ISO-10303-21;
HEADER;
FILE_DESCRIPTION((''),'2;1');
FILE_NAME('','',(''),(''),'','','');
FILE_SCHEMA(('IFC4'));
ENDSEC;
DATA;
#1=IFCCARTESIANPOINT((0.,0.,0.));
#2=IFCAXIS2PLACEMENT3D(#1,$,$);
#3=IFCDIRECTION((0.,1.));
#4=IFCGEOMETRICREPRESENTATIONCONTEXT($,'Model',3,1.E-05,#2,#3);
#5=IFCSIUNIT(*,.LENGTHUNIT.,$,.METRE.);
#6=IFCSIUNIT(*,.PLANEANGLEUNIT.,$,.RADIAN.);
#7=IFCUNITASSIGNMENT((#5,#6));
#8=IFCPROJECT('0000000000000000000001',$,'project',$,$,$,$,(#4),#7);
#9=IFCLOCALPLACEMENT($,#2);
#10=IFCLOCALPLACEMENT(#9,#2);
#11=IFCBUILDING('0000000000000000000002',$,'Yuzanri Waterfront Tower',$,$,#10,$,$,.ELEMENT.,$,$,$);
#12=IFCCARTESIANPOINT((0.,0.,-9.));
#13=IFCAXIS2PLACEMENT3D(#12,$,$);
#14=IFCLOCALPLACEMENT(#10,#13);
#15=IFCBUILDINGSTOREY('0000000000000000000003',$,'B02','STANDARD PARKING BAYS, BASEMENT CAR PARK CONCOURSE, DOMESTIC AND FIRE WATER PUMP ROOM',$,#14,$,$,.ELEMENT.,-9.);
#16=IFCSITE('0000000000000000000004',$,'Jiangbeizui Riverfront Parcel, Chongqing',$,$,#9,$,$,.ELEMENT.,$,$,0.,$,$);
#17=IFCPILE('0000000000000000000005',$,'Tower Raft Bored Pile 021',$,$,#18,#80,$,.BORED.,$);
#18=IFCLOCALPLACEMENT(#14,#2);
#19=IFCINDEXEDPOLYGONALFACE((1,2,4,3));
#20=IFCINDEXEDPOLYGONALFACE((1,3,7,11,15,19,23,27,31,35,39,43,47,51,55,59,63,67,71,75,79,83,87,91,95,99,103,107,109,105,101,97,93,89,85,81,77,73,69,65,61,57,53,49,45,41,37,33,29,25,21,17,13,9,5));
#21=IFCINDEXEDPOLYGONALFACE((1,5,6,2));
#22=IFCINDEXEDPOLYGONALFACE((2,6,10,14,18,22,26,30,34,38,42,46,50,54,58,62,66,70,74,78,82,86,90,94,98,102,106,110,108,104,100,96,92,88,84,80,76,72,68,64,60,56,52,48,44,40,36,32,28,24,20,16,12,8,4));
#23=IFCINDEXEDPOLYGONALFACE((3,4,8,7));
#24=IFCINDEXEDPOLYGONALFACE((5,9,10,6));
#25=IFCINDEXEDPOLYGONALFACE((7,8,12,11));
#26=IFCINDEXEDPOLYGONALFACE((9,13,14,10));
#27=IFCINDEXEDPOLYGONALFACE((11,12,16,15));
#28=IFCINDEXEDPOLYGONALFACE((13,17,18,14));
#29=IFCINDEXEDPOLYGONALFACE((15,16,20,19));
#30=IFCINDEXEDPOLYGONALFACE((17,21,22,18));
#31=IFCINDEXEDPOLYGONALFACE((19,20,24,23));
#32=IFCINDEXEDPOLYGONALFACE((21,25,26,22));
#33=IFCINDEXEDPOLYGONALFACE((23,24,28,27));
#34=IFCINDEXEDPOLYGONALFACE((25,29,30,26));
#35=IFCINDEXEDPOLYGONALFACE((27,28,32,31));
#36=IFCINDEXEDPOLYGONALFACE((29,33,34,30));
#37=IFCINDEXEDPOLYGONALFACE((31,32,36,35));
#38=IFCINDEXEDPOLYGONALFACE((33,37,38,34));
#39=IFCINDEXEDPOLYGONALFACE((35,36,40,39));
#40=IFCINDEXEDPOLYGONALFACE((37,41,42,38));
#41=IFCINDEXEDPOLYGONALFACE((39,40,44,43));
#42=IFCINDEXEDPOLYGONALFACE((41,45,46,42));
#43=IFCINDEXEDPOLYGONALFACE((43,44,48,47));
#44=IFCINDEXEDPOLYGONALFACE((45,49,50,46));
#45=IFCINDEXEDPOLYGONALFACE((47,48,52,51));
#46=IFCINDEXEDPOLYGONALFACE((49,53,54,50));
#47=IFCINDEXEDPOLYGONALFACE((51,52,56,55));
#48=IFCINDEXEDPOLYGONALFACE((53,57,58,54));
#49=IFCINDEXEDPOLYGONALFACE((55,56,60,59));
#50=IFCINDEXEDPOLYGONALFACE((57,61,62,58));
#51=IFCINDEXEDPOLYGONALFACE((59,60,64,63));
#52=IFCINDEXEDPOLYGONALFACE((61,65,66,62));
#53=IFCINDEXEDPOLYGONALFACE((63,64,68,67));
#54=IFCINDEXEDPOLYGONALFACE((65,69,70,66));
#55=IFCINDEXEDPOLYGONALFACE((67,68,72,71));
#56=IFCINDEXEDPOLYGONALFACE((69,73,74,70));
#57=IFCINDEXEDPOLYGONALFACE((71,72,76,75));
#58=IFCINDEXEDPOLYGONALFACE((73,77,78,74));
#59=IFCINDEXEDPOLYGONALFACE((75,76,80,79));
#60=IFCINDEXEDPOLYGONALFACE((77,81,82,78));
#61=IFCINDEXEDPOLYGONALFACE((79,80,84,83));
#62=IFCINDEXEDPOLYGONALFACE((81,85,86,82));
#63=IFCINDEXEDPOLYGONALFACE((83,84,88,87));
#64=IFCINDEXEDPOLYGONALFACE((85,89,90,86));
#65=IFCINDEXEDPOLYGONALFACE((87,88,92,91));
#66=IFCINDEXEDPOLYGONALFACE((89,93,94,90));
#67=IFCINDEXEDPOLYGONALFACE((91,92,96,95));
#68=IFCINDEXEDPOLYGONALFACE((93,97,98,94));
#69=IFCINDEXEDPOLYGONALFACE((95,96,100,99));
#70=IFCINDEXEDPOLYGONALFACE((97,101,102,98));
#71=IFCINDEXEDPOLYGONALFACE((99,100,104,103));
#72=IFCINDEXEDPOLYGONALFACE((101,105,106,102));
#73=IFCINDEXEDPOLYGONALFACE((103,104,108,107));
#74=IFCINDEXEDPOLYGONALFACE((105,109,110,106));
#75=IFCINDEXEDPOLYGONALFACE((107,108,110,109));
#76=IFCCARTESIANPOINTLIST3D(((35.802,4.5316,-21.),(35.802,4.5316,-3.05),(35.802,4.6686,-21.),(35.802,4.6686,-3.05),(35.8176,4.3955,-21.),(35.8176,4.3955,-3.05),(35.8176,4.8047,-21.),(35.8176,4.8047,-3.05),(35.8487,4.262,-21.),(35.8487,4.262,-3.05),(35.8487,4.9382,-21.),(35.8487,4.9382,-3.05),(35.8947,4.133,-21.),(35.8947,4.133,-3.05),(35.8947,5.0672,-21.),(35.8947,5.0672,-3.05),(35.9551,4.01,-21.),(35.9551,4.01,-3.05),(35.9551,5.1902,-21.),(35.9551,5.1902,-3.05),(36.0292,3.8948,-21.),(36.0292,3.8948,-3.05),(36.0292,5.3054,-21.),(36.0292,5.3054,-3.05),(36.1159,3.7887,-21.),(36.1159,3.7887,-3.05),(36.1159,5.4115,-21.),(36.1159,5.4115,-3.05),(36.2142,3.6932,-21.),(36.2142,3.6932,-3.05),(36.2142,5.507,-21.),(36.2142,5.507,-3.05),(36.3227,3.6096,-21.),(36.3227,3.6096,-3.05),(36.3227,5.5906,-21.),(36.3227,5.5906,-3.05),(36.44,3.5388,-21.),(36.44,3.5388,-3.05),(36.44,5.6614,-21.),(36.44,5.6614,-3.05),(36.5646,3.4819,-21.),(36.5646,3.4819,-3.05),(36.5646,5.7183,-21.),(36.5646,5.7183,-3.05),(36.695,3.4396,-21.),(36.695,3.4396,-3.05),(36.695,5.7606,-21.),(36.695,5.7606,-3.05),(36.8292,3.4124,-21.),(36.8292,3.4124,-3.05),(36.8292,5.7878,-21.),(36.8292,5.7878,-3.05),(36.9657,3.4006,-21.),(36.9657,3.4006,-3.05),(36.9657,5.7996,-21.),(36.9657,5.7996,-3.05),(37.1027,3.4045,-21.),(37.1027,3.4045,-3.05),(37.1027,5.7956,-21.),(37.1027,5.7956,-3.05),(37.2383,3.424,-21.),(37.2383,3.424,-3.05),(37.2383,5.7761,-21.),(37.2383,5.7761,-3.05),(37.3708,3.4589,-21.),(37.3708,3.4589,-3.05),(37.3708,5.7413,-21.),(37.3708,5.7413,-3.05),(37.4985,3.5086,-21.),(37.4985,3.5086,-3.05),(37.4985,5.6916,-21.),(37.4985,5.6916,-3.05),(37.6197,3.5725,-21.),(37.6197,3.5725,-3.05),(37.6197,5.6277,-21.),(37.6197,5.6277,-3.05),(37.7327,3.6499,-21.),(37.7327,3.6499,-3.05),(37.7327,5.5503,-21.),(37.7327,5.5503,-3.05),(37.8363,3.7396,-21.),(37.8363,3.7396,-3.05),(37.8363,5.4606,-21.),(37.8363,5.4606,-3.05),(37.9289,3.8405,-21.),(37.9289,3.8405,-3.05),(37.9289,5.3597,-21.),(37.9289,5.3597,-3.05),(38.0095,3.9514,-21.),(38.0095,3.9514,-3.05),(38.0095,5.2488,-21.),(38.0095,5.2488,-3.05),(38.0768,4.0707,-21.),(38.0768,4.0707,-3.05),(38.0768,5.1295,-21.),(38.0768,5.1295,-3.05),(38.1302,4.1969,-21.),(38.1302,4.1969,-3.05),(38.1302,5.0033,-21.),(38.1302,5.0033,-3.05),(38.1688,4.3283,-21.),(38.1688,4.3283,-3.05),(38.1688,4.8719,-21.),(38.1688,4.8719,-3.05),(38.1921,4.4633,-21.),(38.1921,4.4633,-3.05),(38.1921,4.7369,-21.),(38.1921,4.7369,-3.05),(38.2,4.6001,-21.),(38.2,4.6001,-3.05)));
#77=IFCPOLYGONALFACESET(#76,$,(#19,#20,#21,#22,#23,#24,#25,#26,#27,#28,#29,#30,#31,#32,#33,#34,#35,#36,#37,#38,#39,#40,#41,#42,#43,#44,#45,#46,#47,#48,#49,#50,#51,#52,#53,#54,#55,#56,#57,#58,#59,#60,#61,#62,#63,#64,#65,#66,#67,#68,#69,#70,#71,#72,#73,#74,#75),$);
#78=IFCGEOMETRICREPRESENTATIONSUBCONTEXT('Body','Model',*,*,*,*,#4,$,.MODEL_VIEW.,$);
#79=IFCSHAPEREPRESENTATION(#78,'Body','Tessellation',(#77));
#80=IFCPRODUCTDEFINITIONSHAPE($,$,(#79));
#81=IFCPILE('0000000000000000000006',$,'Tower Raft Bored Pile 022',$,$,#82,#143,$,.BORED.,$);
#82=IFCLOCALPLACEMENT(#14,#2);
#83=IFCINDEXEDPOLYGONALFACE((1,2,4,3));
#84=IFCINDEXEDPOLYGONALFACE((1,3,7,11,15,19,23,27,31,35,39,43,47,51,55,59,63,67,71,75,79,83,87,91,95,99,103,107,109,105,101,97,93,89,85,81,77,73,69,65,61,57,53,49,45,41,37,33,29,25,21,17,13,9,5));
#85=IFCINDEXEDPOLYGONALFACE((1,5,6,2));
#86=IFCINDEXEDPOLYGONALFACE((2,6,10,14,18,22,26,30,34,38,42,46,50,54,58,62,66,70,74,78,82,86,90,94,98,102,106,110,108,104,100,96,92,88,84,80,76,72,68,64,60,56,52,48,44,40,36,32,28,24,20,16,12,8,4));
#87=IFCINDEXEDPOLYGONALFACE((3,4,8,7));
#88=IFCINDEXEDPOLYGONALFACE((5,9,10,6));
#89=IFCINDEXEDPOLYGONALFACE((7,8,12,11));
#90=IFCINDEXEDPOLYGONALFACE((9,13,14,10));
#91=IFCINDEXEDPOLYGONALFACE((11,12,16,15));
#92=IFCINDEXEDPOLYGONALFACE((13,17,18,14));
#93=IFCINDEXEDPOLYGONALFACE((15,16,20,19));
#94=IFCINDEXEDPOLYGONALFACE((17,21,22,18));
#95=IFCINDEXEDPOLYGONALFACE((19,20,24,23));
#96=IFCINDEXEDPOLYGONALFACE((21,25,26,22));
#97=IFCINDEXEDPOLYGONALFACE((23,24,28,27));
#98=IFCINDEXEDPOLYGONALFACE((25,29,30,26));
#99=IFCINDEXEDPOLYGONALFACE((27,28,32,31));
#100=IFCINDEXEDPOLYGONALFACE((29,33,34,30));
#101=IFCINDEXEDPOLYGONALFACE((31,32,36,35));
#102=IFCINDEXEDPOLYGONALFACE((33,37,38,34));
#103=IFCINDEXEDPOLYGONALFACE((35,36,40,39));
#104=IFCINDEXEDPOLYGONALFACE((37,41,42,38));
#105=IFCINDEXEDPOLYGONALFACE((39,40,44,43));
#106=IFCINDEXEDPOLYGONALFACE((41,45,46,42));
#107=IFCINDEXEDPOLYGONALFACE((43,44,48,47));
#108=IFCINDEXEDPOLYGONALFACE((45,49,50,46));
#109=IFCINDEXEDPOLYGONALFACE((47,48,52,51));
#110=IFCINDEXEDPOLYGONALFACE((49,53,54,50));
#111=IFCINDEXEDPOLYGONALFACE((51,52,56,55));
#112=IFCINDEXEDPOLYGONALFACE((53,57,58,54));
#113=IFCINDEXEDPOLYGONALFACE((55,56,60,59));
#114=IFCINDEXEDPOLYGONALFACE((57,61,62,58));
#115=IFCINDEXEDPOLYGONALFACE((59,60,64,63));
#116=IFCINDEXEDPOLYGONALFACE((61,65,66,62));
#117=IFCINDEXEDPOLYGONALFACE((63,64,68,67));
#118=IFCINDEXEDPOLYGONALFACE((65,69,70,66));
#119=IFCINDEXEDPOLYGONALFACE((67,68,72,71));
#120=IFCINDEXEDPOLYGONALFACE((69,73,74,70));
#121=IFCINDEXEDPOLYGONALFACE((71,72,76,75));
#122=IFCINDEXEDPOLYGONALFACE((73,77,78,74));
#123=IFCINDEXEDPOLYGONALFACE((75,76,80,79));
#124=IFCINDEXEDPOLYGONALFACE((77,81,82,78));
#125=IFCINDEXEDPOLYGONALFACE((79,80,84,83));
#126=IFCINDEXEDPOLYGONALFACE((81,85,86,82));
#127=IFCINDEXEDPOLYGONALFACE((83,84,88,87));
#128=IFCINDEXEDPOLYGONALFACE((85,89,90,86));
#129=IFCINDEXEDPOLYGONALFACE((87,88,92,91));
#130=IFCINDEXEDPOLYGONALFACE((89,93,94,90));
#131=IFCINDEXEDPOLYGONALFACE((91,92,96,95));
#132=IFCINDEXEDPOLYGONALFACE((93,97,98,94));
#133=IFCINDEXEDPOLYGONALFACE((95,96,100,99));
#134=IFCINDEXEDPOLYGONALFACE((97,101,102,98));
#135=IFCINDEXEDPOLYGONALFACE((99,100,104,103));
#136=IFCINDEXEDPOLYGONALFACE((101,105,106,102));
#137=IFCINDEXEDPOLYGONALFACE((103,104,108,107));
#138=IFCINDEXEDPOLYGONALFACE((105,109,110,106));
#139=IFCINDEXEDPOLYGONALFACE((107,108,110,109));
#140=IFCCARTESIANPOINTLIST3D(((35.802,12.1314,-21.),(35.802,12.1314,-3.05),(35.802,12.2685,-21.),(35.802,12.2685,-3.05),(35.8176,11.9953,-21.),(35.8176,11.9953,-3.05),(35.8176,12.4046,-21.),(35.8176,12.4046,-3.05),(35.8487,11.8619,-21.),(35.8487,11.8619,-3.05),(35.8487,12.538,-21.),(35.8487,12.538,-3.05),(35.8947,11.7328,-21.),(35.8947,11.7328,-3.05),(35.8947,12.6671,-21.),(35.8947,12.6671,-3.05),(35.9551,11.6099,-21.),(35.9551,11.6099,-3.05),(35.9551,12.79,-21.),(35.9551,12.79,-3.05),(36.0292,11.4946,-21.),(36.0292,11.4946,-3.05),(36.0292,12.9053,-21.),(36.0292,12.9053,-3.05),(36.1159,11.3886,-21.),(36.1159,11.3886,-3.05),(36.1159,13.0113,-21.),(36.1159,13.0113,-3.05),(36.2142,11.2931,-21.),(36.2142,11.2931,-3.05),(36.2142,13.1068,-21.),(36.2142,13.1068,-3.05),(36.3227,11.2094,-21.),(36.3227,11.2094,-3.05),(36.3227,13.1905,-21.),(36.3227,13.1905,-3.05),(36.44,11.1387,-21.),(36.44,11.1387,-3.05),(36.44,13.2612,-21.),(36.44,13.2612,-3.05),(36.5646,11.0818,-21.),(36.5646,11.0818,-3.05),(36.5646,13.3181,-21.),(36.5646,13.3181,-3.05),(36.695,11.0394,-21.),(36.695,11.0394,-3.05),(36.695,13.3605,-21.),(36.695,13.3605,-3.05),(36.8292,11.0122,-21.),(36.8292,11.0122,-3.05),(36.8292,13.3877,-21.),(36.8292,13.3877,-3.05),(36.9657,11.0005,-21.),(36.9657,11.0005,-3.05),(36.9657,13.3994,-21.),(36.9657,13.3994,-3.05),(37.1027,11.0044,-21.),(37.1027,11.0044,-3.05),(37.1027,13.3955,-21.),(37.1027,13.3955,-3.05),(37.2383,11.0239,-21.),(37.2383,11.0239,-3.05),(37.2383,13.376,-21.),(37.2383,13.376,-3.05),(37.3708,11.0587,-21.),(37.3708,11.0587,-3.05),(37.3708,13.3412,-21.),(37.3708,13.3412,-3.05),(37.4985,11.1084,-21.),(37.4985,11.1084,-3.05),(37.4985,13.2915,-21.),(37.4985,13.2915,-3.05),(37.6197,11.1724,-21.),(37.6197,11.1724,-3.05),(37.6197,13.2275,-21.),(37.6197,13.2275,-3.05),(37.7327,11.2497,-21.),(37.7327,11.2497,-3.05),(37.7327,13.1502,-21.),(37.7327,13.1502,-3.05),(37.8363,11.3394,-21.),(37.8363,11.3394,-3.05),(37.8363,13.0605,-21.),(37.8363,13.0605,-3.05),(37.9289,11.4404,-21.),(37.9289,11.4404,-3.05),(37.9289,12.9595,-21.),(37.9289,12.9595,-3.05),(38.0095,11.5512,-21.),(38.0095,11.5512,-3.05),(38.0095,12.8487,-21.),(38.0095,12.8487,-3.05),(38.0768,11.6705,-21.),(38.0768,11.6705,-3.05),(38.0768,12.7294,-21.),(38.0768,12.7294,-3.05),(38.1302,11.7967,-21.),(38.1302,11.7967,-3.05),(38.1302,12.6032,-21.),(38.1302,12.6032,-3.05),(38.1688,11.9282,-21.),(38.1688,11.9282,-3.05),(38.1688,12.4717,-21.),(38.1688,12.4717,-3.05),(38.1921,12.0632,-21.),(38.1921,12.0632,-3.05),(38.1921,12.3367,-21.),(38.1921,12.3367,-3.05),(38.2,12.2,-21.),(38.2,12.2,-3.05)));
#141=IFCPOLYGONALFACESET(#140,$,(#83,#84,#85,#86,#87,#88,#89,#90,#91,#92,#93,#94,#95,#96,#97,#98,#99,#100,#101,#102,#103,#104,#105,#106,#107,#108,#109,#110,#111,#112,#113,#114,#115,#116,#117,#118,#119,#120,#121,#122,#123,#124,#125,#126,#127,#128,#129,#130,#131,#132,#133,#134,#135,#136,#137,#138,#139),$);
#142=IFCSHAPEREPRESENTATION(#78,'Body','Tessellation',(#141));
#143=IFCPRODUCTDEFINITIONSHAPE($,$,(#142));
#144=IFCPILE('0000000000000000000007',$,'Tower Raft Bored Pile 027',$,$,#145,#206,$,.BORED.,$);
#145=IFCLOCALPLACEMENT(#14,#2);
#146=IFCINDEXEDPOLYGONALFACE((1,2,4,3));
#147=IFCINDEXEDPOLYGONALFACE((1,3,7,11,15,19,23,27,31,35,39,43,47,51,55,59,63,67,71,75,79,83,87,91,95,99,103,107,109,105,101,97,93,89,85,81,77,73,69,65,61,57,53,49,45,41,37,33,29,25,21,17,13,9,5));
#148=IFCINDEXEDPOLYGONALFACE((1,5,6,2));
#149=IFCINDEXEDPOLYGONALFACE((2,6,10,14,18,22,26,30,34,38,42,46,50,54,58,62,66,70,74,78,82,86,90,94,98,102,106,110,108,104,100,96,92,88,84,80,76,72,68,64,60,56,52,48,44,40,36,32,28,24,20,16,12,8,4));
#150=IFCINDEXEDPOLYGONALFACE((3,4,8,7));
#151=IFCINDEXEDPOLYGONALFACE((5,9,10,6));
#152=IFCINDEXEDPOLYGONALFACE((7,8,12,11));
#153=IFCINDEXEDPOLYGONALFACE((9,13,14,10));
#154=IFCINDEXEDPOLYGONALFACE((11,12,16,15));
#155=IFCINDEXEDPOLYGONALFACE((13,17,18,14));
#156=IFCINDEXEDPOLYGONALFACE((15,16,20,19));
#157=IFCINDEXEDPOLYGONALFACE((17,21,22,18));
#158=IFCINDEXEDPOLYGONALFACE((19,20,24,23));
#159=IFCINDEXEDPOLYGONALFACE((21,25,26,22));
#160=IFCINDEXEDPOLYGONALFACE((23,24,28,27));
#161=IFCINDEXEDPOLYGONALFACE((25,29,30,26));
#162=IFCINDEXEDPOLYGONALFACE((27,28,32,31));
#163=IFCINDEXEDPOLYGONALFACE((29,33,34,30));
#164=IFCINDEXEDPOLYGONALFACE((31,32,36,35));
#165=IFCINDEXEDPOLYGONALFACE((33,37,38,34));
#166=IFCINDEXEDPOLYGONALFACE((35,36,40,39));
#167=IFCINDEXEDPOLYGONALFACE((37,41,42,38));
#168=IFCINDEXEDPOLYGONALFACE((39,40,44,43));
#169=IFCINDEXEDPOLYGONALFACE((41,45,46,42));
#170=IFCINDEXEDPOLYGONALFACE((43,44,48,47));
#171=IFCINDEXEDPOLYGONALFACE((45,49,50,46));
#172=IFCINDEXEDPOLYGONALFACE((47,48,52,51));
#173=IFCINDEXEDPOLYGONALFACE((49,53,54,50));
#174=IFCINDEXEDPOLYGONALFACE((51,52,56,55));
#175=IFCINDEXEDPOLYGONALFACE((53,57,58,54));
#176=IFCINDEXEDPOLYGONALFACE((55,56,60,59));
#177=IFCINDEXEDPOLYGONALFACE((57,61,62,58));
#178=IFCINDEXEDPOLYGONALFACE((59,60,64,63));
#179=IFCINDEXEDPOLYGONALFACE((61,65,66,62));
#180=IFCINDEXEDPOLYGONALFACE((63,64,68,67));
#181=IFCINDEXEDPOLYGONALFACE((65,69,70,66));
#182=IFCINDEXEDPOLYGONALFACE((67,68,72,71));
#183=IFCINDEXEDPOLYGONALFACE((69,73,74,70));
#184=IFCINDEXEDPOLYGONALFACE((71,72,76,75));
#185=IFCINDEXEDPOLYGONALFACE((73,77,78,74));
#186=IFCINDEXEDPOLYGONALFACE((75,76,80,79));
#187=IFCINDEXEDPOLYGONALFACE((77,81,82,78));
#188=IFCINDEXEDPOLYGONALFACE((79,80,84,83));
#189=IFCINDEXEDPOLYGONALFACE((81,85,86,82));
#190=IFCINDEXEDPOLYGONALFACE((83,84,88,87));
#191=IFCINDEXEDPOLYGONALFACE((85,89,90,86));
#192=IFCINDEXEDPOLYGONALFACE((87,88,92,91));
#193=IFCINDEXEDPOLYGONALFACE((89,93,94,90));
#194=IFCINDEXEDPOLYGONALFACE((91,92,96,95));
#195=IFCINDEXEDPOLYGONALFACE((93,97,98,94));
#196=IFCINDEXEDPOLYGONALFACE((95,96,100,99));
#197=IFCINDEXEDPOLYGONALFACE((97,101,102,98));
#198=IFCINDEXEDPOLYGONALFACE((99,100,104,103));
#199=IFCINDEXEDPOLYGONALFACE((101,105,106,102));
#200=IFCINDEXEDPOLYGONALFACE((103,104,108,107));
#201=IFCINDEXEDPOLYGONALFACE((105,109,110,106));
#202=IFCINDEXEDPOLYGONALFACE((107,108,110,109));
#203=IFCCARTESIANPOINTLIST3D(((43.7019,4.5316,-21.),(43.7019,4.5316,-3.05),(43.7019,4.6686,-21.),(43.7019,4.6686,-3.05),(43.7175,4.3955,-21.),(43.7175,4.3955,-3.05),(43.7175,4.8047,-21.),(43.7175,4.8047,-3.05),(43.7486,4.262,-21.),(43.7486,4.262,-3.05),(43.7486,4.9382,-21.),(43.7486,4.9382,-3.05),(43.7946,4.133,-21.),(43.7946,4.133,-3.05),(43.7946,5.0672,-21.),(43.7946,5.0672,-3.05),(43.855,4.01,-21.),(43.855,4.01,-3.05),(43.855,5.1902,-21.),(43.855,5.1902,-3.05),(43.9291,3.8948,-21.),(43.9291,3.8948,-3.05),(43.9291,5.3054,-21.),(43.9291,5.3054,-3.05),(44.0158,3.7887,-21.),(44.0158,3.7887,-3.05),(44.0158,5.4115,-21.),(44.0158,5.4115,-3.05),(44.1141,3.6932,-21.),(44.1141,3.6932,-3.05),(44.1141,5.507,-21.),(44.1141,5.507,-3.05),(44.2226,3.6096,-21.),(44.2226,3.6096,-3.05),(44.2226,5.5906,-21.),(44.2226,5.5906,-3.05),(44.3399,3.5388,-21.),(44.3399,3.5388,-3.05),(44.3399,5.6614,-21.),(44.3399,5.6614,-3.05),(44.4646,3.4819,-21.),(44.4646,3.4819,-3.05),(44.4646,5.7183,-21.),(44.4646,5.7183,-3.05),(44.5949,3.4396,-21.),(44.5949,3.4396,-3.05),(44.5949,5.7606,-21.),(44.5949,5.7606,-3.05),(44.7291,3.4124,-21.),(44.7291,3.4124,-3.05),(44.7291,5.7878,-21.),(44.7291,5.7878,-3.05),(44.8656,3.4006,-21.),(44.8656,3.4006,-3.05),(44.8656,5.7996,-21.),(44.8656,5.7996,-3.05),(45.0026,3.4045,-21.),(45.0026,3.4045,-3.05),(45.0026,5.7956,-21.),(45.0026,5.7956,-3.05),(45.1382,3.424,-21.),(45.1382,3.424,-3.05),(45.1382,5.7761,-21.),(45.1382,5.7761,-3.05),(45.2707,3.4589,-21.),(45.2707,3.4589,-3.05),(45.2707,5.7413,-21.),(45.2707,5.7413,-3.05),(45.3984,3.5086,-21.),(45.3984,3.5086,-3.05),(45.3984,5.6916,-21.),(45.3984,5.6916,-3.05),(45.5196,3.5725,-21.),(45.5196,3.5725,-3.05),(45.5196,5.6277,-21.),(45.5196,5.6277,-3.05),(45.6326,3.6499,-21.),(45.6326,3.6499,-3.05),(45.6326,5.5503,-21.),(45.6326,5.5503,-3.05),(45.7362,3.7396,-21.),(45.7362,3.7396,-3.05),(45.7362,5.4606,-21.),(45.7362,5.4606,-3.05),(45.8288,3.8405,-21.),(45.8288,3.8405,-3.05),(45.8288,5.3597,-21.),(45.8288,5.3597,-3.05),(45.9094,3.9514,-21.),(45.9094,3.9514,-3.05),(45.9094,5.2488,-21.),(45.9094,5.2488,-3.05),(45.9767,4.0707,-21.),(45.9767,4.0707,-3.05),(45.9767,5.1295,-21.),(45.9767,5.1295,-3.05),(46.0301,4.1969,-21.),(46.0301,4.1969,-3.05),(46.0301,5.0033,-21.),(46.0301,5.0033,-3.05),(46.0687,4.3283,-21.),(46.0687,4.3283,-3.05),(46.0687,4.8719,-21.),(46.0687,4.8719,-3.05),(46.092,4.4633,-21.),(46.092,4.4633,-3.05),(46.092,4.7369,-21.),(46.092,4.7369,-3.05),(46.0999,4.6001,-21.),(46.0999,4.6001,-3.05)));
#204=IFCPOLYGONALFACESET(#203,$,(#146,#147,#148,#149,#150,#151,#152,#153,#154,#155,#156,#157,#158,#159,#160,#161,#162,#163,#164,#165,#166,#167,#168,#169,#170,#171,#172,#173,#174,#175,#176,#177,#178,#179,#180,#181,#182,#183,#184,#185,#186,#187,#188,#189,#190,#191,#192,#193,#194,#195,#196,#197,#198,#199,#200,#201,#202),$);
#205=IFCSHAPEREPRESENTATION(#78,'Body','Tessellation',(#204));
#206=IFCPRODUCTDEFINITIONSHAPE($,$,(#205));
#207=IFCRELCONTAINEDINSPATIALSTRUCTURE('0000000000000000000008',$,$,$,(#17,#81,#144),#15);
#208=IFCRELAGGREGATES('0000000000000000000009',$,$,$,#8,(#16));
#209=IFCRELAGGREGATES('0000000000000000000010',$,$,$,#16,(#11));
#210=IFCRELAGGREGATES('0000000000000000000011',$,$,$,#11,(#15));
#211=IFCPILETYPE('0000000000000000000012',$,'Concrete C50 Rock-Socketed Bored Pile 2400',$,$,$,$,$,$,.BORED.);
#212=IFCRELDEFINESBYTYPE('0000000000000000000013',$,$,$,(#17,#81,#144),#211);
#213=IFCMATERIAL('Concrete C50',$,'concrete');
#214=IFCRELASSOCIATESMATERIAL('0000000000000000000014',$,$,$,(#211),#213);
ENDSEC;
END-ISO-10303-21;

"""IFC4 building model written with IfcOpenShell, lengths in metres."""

from ifc_helpers import new_model, si_unit, direction, frame, origin, origin_2d, place, context, subcontext, project, spatial, circle, extrude, source, transform, mapped, material, material_profile, profile_set, type_object, element, save


model = new_model("IFC4")

# Units and contexts
model_context = context("Model", 3, precision=1e-05, world=origin(), true_north=direction((0.0, 1.0)))
body_context = subcontext(model_context, "Body", "Model", "MODEL_VIEW")
ifc_project = project(units=[si_unit("LENGTHUNIT", "METRE"), si_unit("PLANEANGLEUNIT", "RADIAN")], contexts=[model_context])

# Site, building, storey
site_placement = place(None, origin())
site = spatial("IfcSite", under=ifc_project, at=site_placement, Name="Jiangbeizui Riverfront Parcel, Chongqing", CompositionType="ELEMENT", RefElevation=0.0)
building_placement = place(site_placement, origin())
building = spatial("IfcBuilding", under=site, at=building_placement, Name="Yuzanri Waterfront Tower", CompositionType="ELEMENT")
storey_placement = place(building_placement, frame((0.0, 0.0, -9.0)))
storey = spatial("IfcBuildingStorey", under=building, at=storey_placement, Name="B02", Description="STANDARD PARKING BAYS, BASEMENT CAR PARK CONCOURSE, DOMESTIC AND FIRE WATER PUMP ROOM", CompositionType="ELEMENT", Elevation=-9.0)

# Piles
ifc_material_1 = material(Name="Concrete C50", Category="concrete")
ifc_material_profile_1 = material_profile(ifc_material_1, circle(Radius=1.2, at=origin_2d()), Name="PILE D2400")
ifc_profile_set_1 = profile_set([ifc_material_profile_1], Name="Concrete C50")
pile_type_1 = type_object("IfcPileType", Name="Concrete C50 Rock-Socketed Bored Pile 2400", PredefinedType="BORED", material=ifc_profile_set_1)
shared_shape_1 = source(origin(), body_context, "Body", "SweptSolid", [
    extrude(circle(Radius=1.2, at=origin_2d()), origin(), (0.0, 0.0, 1.0), 17.95),
])
for number, where, z_axis, x_axis, name in (
    (1, (37.0, 4.6001, -3.05), (0.0, 0.0, -1.0), (1.0, 0.0, 0.0), "Tower Raft Bored Pile 021"),
    (2, (37.0, 12.2, -3.05), (0.0, 0.0, -1.0), (1.0, 0.0, 0.0), "Tower Raft Bored Pile 022"),
    (3, (44.8999, 4.6001, -3.05), (0.0, 0.0, -1.0), (1.0, 0.0, 0.0), "Tower Raft Bored Pile 027"),
):
    element("IfcPile", number, at=place(storey_placement, frame(where, z_axis=z_axis, x_axis=x_axis)), inside=storey, type_object=pile_type_1, Name=name, PredefinedType="BORED", context=body_context, shape_type="MappedRepresentation", body=[
        mapped(shared_shape_1, transform((0.0, 0.0, 0.0), scale=1.0)),
    ])

save(model, "model.ifc")
